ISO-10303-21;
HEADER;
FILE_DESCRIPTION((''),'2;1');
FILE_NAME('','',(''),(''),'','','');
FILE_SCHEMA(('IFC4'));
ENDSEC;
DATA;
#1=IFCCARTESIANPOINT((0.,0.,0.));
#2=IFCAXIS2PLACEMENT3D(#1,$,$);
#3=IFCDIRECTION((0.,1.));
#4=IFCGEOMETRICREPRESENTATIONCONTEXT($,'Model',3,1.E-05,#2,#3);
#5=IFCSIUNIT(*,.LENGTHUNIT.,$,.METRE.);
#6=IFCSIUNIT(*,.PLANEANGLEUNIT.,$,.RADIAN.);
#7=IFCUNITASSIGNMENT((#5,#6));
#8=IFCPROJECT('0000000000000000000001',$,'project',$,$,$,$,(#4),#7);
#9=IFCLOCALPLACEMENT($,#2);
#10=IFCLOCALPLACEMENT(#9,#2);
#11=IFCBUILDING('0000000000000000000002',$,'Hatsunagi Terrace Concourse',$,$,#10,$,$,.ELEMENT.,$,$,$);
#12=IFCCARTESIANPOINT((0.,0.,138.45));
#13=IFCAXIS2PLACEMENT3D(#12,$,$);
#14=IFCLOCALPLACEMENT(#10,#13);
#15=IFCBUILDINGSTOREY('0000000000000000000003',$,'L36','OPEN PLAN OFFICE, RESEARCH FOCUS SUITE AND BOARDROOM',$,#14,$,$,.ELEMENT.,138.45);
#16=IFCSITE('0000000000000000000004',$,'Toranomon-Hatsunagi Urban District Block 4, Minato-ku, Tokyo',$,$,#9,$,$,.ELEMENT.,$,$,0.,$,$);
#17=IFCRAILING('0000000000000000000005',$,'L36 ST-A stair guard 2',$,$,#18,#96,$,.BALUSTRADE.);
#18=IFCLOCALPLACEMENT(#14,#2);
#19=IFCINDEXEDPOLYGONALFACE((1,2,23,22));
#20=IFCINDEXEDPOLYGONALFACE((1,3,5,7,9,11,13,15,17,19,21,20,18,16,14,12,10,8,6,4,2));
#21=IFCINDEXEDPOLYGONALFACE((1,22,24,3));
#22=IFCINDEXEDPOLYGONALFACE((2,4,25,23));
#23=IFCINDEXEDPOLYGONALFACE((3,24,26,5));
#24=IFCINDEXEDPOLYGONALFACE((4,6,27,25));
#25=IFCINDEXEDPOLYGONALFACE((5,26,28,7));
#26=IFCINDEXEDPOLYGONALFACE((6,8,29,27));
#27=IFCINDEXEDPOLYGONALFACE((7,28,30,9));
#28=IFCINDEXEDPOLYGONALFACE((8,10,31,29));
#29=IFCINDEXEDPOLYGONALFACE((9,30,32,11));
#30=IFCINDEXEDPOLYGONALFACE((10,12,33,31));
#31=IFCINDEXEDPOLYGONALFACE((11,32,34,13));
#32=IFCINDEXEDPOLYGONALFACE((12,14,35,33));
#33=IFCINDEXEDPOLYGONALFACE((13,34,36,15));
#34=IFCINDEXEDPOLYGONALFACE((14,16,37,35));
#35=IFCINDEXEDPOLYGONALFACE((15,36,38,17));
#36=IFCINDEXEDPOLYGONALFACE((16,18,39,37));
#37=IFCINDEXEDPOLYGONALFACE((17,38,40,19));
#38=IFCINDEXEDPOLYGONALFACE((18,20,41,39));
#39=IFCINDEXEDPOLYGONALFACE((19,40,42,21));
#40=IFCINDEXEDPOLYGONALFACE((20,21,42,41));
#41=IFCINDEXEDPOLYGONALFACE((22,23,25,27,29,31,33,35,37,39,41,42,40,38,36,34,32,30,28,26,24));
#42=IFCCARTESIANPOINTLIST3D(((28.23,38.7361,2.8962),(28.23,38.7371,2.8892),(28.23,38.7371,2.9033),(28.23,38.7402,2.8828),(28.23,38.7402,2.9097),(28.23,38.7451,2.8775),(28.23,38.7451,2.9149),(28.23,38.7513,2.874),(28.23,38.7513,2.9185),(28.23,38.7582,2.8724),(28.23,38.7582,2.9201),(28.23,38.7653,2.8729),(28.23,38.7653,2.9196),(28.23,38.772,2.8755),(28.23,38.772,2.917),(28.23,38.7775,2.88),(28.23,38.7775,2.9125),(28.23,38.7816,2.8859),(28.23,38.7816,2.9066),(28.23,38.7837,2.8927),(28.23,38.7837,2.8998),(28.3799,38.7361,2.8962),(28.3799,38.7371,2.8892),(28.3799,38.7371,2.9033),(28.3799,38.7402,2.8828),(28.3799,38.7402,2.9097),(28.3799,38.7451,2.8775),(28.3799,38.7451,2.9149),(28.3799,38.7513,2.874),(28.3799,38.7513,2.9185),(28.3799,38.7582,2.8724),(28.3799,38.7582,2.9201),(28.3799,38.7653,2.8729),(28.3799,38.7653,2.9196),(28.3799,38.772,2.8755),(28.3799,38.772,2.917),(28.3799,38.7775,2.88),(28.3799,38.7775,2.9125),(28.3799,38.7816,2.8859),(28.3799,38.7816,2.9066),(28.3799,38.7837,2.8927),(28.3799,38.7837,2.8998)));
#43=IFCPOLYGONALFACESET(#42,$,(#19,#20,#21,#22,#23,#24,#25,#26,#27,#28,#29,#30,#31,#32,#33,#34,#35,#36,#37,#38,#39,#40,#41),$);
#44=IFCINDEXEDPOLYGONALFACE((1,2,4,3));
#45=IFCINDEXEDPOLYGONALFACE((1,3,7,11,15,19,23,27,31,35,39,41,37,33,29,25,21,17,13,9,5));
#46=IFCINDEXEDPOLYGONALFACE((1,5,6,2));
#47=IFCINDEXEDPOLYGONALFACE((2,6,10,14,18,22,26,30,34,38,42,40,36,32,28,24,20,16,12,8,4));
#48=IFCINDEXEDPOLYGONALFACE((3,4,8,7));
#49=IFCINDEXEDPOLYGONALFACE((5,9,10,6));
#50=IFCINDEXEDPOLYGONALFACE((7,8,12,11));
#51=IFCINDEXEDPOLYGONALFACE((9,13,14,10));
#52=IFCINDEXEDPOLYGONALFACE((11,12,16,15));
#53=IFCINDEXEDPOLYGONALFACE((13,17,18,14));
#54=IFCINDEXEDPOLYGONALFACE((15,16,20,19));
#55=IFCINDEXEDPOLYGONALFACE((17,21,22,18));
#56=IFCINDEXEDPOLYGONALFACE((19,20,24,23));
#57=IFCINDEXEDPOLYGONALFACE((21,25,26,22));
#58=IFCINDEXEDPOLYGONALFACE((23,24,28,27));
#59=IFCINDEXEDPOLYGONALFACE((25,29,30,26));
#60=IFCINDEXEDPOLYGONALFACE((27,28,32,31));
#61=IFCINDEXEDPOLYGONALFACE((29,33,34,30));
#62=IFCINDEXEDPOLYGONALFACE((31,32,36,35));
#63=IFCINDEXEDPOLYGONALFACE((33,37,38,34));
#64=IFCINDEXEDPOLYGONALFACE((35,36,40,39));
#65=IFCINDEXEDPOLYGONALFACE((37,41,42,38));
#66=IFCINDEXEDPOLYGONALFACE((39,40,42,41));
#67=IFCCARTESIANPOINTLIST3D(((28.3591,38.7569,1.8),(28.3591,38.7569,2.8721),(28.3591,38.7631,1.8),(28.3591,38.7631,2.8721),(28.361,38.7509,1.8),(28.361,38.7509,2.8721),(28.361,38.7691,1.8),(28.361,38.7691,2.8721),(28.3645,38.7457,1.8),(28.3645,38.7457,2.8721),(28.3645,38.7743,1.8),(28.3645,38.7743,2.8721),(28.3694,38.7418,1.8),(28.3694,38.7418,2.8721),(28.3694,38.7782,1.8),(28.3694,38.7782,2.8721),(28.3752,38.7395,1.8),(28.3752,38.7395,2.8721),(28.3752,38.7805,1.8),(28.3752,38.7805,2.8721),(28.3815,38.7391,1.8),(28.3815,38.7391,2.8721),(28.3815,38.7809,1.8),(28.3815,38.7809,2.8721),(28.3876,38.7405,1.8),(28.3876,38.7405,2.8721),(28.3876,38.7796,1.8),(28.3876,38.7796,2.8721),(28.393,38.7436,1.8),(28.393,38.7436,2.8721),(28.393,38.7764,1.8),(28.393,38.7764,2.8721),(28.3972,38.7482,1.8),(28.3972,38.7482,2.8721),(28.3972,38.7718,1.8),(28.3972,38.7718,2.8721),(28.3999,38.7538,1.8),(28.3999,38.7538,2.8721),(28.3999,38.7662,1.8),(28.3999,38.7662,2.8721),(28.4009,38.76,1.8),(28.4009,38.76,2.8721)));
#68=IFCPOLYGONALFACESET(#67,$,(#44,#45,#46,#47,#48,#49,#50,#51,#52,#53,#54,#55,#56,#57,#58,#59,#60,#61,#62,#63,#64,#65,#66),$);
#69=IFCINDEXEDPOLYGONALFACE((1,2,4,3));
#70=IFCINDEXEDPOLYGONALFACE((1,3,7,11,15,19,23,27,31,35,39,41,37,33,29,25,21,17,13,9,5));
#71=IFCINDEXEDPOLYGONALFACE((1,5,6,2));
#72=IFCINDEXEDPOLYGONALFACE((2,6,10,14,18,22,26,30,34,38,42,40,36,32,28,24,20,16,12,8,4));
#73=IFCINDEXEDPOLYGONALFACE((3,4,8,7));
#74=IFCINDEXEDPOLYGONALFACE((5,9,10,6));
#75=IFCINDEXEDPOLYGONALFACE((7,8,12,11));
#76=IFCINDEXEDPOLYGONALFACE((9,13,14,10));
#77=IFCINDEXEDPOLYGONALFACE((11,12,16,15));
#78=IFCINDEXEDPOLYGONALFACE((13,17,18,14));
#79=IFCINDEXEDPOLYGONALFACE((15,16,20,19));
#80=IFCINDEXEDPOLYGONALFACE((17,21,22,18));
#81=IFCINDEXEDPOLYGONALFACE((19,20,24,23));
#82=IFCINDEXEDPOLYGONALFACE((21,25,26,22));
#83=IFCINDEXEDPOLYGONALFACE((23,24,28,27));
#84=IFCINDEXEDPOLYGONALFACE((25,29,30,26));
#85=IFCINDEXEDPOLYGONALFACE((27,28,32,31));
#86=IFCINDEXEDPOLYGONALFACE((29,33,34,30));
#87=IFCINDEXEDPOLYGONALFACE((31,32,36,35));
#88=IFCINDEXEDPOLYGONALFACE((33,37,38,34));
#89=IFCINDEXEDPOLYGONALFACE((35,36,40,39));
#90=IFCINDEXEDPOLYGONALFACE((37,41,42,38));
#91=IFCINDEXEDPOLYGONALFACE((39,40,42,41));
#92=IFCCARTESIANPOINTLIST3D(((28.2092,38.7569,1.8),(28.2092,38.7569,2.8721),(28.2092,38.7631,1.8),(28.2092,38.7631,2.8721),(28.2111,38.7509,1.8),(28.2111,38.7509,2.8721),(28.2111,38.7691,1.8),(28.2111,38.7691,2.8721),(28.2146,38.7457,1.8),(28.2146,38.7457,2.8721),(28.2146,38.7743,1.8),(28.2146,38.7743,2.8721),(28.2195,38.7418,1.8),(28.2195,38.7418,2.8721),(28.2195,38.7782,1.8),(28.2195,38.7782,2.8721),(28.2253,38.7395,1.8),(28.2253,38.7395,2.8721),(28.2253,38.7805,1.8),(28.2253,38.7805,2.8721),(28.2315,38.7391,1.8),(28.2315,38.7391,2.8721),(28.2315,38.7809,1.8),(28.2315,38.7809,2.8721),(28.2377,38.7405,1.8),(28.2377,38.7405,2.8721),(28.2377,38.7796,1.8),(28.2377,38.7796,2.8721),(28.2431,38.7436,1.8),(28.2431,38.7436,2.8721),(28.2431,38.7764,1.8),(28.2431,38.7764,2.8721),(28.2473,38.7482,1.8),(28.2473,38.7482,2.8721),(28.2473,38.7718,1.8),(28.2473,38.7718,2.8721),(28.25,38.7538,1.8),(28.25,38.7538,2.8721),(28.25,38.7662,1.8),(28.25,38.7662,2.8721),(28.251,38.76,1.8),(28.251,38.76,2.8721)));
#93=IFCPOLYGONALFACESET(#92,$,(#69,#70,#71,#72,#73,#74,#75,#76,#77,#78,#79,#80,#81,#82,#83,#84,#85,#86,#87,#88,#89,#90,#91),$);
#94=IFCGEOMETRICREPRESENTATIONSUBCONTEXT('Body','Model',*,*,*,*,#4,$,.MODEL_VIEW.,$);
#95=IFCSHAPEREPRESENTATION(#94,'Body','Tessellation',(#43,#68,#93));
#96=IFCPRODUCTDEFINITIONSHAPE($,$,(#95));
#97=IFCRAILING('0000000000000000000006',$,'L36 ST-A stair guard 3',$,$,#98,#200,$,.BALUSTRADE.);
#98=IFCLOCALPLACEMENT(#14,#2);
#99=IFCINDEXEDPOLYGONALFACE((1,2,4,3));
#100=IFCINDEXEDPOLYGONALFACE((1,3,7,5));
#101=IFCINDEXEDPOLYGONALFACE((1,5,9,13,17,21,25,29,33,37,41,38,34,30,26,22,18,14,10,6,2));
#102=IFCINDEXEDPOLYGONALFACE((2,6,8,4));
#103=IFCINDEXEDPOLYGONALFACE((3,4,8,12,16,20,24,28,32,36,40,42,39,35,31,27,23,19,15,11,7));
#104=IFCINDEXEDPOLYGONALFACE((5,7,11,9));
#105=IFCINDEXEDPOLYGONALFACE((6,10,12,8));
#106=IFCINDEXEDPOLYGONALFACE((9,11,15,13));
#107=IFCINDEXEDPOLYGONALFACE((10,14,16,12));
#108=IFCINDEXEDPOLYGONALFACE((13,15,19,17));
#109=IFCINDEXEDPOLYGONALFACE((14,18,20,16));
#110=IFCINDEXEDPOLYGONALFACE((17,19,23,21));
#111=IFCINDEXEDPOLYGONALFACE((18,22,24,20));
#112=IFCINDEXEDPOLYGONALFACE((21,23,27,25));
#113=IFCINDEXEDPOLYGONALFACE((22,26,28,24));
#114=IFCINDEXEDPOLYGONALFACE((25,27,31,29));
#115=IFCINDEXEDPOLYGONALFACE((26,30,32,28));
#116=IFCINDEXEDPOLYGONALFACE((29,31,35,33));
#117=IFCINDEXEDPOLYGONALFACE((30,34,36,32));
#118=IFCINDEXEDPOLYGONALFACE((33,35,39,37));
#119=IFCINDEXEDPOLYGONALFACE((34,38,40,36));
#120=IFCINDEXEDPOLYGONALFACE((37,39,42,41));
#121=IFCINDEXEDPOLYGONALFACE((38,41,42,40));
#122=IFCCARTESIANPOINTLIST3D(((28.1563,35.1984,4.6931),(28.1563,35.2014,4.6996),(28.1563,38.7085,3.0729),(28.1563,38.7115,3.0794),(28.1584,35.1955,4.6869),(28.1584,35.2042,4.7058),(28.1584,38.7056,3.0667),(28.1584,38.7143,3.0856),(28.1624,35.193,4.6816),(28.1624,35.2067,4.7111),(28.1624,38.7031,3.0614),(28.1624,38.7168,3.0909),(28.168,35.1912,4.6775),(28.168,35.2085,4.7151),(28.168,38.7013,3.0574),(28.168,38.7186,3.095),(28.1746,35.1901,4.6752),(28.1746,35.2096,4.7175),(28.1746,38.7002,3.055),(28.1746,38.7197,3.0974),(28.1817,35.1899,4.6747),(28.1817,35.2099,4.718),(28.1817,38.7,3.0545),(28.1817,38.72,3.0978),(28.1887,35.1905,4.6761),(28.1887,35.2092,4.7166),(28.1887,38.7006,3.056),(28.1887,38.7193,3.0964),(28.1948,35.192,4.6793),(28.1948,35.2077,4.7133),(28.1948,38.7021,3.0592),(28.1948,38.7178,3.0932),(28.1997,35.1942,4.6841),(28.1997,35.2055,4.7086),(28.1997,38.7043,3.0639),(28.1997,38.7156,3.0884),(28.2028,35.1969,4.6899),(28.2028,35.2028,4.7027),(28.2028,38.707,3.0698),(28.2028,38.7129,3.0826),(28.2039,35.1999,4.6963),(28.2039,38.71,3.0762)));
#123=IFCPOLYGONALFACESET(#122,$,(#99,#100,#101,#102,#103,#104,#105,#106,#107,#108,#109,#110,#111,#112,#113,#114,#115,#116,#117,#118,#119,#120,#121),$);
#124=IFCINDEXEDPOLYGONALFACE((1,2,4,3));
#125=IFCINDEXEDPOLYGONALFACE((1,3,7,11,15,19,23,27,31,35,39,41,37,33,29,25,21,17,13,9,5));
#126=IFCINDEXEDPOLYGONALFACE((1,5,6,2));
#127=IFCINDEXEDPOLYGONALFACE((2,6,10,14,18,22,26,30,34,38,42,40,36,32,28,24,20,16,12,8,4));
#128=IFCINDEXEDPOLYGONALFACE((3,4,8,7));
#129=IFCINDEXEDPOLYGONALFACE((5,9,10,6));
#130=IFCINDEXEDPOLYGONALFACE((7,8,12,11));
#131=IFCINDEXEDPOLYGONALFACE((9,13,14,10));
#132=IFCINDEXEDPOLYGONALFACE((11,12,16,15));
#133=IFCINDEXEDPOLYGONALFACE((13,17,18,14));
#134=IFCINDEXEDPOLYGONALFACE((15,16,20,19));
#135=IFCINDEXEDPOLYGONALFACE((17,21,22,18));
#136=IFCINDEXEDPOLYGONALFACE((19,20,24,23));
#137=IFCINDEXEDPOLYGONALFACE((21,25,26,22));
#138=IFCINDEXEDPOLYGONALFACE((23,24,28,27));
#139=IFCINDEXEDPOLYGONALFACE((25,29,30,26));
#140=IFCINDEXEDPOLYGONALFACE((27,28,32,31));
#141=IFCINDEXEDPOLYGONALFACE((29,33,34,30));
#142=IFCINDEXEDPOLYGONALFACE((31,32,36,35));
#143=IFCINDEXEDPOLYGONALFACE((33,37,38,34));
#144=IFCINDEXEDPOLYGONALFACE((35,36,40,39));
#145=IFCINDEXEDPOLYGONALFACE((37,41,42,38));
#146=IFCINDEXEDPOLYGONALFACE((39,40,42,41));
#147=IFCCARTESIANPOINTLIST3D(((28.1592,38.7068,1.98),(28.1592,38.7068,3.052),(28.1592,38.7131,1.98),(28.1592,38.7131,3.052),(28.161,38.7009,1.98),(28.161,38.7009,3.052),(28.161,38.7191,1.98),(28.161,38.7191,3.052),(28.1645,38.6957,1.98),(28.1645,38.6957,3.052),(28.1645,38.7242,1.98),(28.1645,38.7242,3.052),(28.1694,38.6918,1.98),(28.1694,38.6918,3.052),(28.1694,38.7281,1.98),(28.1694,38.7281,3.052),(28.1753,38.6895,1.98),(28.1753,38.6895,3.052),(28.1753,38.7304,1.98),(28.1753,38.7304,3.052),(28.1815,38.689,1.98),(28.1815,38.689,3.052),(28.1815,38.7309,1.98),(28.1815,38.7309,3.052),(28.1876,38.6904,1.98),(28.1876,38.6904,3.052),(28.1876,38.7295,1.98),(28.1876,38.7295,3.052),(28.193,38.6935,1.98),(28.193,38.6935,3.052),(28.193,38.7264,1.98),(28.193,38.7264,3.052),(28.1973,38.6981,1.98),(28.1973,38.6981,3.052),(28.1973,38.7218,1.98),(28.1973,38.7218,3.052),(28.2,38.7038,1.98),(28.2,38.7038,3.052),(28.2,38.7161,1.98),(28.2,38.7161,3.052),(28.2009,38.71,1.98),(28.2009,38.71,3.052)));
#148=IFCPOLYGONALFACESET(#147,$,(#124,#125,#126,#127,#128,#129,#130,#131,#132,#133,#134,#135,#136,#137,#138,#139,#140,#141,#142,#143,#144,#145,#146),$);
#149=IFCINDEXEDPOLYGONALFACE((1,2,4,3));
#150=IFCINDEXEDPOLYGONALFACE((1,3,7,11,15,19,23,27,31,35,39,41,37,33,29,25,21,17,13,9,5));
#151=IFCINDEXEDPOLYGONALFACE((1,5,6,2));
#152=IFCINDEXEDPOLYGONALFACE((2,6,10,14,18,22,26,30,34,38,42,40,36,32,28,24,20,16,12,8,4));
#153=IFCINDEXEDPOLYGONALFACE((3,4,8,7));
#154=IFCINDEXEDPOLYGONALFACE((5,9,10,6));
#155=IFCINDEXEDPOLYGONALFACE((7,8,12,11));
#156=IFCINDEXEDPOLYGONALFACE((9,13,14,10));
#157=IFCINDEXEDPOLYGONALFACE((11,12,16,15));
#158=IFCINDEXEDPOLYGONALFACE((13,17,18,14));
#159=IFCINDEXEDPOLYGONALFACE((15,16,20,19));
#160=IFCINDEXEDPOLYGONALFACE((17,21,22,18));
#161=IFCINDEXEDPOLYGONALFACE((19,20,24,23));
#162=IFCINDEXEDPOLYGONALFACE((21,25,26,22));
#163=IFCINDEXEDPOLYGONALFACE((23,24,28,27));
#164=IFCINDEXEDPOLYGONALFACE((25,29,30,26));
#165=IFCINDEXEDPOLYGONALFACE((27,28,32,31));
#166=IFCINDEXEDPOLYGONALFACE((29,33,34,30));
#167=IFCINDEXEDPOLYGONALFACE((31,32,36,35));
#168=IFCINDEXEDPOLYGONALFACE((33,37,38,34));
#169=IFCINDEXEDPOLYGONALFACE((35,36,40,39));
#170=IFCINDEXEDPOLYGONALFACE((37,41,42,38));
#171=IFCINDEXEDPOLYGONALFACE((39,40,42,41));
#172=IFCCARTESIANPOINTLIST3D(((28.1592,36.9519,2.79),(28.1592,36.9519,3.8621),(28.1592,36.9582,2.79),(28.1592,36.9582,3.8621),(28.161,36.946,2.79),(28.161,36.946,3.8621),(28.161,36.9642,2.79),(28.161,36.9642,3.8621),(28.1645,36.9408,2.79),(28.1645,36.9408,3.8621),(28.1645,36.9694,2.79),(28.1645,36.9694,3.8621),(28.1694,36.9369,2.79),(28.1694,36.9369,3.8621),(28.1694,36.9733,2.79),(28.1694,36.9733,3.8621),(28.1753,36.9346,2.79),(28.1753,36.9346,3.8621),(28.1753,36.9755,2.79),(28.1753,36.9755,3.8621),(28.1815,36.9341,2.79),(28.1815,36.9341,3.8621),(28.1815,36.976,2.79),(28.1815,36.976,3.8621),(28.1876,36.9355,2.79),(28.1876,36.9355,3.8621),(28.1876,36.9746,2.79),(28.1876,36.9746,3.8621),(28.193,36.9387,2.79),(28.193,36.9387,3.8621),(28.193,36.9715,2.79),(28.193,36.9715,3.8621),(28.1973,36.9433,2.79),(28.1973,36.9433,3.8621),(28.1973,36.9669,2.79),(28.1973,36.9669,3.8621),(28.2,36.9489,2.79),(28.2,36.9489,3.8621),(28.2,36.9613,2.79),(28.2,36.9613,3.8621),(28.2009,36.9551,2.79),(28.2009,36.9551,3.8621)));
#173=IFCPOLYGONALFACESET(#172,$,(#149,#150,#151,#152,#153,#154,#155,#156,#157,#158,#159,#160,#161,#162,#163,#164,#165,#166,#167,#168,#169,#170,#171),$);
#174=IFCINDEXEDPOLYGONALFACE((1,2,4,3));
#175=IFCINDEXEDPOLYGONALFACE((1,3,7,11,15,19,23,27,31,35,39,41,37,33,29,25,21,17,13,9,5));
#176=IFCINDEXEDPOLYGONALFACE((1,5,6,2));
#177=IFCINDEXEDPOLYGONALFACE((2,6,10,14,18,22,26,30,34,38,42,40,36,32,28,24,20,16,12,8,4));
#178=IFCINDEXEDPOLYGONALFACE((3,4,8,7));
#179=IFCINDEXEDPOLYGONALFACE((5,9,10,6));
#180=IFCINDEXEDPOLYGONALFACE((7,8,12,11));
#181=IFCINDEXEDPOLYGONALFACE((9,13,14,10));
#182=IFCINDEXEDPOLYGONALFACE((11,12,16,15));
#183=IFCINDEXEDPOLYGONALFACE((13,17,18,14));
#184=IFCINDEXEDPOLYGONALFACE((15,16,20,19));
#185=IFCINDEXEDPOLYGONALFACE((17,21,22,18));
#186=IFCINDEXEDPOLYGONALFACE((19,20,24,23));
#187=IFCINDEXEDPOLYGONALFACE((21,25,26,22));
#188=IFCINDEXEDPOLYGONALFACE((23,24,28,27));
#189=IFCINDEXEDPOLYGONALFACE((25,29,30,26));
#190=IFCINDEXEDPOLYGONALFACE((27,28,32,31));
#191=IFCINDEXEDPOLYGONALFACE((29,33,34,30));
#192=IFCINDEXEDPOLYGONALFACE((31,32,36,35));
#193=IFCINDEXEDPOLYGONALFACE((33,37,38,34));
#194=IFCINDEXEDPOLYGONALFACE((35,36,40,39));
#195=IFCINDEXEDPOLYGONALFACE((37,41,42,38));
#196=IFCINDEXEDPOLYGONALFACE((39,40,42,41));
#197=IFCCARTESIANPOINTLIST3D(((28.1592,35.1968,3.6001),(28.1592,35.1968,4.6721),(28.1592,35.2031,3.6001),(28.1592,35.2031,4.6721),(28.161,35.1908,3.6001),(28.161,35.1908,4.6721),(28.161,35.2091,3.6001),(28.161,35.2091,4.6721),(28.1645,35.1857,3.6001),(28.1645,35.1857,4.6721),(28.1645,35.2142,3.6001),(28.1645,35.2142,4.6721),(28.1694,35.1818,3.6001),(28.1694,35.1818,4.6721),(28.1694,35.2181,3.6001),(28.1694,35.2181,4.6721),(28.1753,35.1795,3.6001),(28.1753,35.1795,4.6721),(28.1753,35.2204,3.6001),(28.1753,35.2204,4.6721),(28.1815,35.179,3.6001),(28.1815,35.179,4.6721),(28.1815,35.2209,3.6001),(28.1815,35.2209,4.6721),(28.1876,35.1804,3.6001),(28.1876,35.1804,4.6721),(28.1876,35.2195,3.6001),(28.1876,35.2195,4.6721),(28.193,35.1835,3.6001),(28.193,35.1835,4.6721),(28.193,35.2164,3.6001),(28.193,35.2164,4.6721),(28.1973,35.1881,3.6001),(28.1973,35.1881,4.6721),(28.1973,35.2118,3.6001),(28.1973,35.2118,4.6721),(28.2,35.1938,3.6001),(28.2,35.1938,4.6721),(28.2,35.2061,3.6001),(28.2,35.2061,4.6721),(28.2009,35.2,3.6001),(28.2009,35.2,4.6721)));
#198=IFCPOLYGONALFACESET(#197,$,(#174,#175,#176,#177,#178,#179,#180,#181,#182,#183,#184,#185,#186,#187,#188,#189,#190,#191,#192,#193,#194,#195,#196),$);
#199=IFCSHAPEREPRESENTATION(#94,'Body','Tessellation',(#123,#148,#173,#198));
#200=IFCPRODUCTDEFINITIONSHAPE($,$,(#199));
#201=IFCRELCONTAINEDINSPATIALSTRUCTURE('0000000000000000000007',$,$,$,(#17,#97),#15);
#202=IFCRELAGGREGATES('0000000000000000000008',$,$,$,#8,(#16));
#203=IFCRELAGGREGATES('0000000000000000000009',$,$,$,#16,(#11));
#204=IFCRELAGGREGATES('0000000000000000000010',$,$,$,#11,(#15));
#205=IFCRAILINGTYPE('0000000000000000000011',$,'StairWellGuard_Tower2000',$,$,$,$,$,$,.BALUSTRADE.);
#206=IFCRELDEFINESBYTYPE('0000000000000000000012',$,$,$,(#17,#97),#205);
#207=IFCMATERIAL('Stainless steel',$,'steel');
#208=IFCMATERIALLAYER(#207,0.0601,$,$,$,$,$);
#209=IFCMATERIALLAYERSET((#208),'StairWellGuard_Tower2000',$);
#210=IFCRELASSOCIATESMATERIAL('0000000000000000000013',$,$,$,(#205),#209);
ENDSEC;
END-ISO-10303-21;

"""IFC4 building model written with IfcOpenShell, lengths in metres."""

from ifc_helpers import new_model, si_unit, direction, frame, origin, origin_2d, place, context, subcontext, project, spatial, circle, extrude, material, layer, layer_set, type_object, element, save


model = new_model("IFC4")

# Units and contexts
model_context = context("Model", 3, precision=1e-05, world=origin(), true_north=direction((0.0, 1.0)))
body_context = subcontext(model_context, "Body", "Model", "MODEL_VIEW")
ifc_project = project(units=[si_unit("LENGTHUNIT", "METRE"), si_unit("PLANEANGLEUNIT", "RADIAN")], contexts=[model_context])

# Site, building, storey
site_placement = place(None, origin())
site = spatial("IfcSite", under=ifc_project, at=site_placement, Name="Toranomon-Hatsunagi Urban District Block 4, Minato-ku, Tokyo", CompositionType="ELEMENT", RefElevation=0.0)
building_placement = place(site_placement, origin())
building = spatial("IfcBuilding", under=site, at=building_placement, Name="Hatsunagi Terrace Concourse", CompositionType="ELEMENT")
storey_placement = place(building_placement, frame((0.0, 0.0, 138.45)))
storey = spatial("IfcBuildingStorey", under=building, at=storey_placement, Name="L36", Description="OPEN PLAN OFFICE, RESEARCH FOCUS SUITE AND BOARDROOM", CompositionType="ELEMENT", Elevation=138.45)

# Railings
ifc_material_1 = material(Name="Stainless steel", Category="steel")
ifc_layer_1 = layer(ifc_material_1, 0.0601)
ifc_layer_set_1 = layer_set([ifc_layer_1], Name="StairWellGuard_Tower2000")
railing_type = type_object("IfcRailingType", Name="StairWellGuard_Tower2000", PredefinedType="BALUSTRADE", material=ifc_layer_set_1)
railing_1_placement = place(storey_placement, frame((28.3799, 38.76, 1.8)))
element("IfcRailing", 1, at=railing_1_placement, inside=storey, type_object=railing_type, Name="L36 ST-A stair guard 2", PredefinedType="BALUSTRADE", context=body_context, shape_type="SweptSolid", body=[
    extrude(circle(Radius=0.0239, at=origin_2d()), frame((0.0, 0.0, 1.0962), z_axis=(-1.0, 0.0, 0.0), x_axis=(0.0, -1.0, 0.0)), (0.0, 0.0, 1.0), 0.1499),
    extrude(circle(Radius=0.021, at=origin_2d()), origin(), (0.0, 0.0, 1.0), 1.072),
    extrude(circle(Radius=0.021, at=origin_2d()), frame((-0.1499, 0.0, 0.0)), (0.0, 0.0, 1.0), 1.072),
])
railing_2_placement = place(storey_placement, frame((28.1799, 38.71, 1.98)))
element("IfcRailing", 2, at=railing_2_placement, inside=storey, type_object=railing_type, Name="L36 ST-A stair guard 3", PredefinedType="BALUSTRADE", context=body_context, shape_type="SweptSolid", body=[
    extrude(circle(Radius=0.0239, at=origin_2d()), frame((0.0, 0.0, 1.0962), z_axis=(0.0, -0.907948, 0.419082), x_axis=(1.0, 0.0, 0.0)), (0.0, 0.0, 1.0), 3.866),
    extrude(circle(Radius=0.021, at=origin_2d()), origin(), (0.0, 0.0, 1.0), 1.072),
    extrude(circle(Radius=0.021, at=origin_2d()), frame((0.0, -1.7549, 0.8101)), (0.0, 0.0, 1.0), 1.072),
    extrude(circle(Radius=0.021, at=origin_2d()), frame((0.0, -3.51, 1.6201)), (0.0, 0.0, 1.0), 1.072),
])

save(model, "model.ifc")
